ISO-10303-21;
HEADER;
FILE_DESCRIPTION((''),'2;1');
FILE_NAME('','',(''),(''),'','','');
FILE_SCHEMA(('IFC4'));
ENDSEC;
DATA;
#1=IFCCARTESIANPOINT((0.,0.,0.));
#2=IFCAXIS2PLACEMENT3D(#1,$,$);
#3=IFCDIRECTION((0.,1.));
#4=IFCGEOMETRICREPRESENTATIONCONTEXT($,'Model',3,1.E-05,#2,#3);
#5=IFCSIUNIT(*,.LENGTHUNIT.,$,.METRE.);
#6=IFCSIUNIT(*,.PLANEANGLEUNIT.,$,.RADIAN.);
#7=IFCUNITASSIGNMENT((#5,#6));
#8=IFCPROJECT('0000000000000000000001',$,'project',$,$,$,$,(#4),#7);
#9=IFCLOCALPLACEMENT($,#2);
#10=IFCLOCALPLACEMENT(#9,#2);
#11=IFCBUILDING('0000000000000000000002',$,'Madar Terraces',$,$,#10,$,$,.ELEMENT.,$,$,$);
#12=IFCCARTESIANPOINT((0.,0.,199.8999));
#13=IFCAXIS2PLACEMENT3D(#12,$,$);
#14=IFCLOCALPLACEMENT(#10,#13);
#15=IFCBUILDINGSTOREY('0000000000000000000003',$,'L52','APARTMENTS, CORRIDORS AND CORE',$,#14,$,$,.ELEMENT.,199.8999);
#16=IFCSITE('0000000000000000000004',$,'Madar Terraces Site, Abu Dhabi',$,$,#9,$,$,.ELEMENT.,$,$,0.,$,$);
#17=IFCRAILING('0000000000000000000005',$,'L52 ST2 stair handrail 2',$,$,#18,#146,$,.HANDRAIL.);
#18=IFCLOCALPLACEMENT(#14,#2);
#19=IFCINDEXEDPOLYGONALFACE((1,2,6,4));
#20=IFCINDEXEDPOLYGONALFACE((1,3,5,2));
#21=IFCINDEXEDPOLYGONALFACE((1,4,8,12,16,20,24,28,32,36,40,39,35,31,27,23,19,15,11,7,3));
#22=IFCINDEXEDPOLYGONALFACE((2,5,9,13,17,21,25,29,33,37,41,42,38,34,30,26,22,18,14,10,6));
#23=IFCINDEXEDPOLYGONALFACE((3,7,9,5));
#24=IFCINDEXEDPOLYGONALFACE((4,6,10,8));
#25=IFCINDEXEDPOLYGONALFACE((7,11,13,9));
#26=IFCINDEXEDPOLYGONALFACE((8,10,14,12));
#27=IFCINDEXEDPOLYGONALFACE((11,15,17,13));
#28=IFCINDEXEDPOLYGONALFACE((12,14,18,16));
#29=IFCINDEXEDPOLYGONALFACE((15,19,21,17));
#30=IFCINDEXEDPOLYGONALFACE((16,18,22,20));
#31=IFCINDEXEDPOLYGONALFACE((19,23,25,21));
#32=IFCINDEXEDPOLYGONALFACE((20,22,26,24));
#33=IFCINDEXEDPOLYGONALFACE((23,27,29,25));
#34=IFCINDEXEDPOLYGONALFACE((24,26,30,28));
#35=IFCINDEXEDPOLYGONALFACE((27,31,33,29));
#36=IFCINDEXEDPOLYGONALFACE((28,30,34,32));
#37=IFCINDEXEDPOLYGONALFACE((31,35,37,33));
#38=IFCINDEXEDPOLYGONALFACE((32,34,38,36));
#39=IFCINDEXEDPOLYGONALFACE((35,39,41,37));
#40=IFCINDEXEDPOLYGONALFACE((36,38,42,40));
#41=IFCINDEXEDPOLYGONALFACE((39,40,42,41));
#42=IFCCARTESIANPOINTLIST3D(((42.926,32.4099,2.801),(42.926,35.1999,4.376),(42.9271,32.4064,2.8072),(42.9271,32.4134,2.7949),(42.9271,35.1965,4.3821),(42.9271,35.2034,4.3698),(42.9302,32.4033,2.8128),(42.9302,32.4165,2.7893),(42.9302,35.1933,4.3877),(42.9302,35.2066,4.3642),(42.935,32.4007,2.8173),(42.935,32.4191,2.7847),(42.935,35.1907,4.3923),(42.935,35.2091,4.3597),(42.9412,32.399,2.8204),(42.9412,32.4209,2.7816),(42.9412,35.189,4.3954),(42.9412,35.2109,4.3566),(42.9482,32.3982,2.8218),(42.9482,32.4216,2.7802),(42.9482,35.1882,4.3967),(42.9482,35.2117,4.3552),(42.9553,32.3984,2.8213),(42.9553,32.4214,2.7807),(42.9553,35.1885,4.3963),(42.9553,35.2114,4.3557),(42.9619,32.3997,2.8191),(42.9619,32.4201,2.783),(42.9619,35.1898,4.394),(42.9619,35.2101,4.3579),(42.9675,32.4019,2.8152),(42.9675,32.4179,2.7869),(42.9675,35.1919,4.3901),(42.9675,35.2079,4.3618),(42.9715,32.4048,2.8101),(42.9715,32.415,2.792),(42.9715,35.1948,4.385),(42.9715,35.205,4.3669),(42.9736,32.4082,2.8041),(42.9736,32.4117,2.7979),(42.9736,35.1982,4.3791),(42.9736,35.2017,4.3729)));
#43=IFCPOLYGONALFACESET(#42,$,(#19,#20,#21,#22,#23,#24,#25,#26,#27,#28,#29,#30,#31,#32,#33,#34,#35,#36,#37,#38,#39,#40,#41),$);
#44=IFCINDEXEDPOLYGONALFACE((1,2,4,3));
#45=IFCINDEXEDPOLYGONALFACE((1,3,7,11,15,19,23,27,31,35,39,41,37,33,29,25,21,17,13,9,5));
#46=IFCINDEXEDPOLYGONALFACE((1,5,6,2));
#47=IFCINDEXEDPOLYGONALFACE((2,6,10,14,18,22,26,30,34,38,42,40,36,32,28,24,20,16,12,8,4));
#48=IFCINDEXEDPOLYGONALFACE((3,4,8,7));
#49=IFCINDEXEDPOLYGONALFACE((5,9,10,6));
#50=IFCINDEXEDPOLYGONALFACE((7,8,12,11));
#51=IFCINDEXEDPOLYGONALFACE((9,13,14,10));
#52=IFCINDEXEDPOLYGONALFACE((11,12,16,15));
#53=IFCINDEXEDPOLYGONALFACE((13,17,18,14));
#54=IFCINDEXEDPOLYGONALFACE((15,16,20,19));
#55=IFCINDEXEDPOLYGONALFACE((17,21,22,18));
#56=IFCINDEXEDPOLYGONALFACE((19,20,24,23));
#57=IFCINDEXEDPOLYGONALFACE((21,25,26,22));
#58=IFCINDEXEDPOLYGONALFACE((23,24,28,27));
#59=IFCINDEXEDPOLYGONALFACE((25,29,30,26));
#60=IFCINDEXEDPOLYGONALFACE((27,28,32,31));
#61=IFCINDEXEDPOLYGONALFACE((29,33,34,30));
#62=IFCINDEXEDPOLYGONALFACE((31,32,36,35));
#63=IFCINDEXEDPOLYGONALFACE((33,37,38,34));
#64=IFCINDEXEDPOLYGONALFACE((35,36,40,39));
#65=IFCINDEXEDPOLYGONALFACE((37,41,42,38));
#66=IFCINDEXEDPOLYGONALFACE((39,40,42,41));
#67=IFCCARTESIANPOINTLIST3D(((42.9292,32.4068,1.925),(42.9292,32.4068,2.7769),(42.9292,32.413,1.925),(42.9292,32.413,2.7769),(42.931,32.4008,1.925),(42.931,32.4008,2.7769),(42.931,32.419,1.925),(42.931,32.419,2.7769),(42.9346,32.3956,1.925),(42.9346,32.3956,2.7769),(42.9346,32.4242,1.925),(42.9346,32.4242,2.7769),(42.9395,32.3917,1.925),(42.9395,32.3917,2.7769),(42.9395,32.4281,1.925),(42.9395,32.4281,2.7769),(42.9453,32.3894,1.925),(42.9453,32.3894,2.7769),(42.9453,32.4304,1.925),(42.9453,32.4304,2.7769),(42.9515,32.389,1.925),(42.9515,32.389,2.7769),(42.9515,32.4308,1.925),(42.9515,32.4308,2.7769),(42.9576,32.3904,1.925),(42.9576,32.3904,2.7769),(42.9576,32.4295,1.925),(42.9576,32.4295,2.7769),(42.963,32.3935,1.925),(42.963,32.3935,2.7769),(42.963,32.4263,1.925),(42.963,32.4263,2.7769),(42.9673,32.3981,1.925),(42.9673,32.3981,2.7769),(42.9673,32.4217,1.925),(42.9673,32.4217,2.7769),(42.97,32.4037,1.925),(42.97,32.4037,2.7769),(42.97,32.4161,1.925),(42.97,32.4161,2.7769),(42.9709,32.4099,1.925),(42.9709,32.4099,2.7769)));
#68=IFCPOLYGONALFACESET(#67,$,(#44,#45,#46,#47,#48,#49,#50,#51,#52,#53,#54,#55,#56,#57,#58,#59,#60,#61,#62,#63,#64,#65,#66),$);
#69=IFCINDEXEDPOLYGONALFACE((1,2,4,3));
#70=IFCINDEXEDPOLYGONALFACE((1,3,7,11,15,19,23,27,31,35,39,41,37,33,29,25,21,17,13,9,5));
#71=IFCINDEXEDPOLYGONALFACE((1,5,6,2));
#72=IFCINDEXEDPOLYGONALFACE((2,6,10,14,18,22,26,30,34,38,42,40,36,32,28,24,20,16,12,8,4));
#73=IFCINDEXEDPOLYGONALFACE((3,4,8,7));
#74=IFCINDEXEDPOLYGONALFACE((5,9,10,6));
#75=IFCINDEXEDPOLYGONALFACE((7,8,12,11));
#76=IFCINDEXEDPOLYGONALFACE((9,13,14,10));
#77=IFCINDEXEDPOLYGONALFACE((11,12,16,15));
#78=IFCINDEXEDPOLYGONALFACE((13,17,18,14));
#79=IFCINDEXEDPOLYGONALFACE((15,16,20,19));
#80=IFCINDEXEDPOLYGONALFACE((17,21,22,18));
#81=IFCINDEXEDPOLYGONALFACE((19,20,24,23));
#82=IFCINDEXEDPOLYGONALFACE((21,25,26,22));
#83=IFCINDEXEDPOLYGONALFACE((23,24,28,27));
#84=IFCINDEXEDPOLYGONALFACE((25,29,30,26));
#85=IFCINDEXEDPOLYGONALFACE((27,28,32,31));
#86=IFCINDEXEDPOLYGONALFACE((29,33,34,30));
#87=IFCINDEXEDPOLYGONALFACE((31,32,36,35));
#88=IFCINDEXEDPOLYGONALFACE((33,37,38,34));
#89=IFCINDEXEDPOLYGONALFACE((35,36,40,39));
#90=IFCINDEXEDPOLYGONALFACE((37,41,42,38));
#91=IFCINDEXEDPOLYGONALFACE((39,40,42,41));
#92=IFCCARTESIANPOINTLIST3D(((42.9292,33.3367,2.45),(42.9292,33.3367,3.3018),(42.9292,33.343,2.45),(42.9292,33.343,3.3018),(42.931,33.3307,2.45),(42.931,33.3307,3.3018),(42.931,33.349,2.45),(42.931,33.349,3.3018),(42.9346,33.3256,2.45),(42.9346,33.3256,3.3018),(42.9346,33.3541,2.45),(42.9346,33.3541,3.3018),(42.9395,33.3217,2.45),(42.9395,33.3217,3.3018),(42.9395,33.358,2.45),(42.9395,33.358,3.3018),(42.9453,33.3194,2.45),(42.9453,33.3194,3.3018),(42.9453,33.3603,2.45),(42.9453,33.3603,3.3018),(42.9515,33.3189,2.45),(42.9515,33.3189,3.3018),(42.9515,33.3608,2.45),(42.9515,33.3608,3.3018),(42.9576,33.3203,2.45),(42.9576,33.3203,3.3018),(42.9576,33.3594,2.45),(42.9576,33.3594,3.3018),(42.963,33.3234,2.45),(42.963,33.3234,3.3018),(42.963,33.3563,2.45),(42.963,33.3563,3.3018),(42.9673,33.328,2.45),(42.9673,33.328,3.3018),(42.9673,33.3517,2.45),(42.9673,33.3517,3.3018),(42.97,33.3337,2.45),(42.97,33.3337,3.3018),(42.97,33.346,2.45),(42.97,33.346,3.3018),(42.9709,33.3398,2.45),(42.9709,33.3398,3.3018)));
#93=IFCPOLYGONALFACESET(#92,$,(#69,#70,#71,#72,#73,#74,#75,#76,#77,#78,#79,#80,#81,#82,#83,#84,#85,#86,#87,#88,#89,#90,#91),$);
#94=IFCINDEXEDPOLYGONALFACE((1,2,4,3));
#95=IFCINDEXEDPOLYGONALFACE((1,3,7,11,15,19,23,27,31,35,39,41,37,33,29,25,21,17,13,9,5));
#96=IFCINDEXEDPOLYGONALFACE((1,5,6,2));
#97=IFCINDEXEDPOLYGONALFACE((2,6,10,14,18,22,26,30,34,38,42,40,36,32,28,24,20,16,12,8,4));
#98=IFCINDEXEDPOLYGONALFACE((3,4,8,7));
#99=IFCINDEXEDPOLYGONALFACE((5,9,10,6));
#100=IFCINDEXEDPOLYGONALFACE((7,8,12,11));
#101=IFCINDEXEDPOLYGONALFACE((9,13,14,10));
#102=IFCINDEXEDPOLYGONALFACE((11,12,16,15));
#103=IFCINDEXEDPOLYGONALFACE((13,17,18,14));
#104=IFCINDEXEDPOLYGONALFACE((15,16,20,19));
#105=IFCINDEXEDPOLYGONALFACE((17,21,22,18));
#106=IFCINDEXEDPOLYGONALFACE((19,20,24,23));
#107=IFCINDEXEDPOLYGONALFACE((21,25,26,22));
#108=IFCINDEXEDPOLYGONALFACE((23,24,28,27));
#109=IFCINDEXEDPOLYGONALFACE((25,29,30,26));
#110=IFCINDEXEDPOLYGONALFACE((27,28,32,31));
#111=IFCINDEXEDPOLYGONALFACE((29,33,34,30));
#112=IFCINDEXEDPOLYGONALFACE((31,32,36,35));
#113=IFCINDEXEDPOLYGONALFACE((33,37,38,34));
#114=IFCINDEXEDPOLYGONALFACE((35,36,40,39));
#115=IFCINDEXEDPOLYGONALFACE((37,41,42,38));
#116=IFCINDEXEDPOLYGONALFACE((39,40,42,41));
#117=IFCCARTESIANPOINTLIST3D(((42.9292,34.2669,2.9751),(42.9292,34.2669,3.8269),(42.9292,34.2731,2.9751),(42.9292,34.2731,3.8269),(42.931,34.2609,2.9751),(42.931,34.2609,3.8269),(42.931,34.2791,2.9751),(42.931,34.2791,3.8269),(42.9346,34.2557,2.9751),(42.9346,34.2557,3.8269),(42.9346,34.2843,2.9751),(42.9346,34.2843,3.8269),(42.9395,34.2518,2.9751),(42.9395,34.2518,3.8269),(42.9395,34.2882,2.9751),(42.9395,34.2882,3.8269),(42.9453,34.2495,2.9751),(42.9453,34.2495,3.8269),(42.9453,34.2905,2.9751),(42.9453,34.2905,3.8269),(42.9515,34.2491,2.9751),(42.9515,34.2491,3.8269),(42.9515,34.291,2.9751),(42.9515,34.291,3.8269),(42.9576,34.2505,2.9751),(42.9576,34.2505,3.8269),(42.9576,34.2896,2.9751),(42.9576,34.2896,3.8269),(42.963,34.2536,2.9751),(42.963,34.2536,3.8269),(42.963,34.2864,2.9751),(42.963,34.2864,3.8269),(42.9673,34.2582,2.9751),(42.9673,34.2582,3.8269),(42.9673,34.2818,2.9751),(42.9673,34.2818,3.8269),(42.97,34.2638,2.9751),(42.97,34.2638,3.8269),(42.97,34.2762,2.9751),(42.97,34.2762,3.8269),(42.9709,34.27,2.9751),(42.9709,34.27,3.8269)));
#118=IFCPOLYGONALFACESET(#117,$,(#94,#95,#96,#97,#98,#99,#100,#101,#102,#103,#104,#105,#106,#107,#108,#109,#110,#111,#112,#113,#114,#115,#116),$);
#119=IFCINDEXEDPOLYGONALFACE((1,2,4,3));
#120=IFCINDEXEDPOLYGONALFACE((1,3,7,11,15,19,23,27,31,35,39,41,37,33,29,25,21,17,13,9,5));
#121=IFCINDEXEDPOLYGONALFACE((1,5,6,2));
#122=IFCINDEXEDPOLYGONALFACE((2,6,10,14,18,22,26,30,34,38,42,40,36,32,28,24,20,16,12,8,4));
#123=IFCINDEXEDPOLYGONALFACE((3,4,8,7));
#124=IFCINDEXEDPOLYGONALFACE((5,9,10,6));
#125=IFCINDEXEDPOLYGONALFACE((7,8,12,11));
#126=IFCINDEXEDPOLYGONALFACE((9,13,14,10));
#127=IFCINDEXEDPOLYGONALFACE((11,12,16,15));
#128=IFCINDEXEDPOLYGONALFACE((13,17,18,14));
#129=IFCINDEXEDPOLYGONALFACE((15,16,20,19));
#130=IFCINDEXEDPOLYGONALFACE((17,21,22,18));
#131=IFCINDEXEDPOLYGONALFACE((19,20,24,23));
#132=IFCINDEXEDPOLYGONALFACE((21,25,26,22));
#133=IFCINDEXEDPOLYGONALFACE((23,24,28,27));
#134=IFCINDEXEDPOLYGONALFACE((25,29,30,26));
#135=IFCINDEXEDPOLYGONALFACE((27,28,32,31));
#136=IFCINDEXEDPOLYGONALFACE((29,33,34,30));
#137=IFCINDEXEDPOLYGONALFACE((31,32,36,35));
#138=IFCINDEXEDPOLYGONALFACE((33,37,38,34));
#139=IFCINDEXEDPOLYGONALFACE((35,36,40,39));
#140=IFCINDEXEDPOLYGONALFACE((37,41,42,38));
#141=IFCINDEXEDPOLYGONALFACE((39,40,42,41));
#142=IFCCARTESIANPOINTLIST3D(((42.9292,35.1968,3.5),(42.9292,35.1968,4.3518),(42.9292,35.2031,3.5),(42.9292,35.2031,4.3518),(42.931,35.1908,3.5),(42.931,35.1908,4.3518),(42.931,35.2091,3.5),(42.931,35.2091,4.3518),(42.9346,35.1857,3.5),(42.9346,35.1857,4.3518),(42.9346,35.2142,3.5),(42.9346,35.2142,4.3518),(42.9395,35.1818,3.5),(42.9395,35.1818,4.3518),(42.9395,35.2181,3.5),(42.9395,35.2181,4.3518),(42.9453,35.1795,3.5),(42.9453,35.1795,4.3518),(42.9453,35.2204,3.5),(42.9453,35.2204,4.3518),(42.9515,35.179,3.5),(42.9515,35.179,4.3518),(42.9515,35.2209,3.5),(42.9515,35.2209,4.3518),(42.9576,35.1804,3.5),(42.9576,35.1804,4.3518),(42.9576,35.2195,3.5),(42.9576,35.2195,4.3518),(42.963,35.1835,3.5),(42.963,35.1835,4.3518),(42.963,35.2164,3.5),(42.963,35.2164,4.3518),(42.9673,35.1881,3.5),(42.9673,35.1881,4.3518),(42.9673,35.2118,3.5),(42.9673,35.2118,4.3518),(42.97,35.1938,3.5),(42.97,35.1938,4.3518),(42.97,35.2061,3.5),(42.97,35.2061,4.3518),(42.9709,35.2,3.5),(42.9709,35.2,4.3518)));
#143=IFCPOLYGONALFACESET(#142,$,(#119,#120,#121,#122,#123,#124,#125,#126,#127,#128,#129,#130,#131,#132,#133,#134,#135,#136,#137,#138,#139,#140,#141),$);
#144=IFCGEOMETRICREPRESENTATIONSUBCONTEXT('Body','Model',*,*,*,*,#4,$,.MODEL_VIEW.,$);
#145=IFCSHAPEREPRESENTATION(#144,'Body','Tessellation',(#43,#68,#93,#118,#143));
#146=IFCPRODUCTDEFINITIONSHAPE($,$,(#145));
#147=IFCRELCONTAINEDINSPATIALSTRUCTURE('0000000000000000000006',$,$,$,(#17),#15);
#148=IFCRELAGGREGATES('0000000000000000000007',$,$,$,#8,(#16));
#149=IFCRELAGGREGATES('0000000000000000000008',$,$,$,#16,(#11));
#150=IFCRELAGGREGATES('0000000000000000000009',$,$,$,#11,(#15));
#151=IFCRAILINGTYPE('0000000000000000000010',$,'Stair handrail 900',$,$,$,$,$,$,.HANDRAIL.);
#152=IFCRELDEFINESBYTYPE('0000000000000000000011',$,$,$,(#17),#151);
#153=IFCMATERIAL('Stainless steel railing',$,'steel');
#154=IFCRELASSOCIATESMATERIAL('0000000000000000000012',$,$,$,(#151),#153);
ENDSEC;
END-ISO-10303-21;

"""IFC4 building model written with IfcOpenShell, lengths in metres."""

from ifc_helpers import new_model, si_unit, direction, frame, origin, origin_2d, place, context, subcontext, project, spatial, circle, extrude, material, type_object, element, save


model = new_model("IFC4")

# Units and contexts
model_context = context("Model", 3, precision=1e-05, world=origin(), true_north=direction((0.0, 1.0)))
body_context = subcontext(model_context, "Body", "Model", "MODEL_VIEW")
ifc_project = project(units=[si_unit("LENGTHUNIT", "METRE"), si_unit("PLANEANGLEUNIT", "RADIAN")], contexts=[model_context])

# Site, building, storey
site_placement = place(None, origin())
site = spatial("IfcSite", under=ifc_project, at=site_placement, Name="Madar Terraces Site, Abu Dhabi", CompositionType="ELEMENT", RefElevation=0.0)
building_placement = place(site_placement, origin())
building = spatial("IfcBuilding", under=site, at=building_placement, Name="Madar Terraces", CompositionType="ELEMENT")
storey_placement = place(building_placement, frame((0.0, 0.0, 199.8999)))
storey = spatial("IfcBuildingStorey", under=building, at=storey_placement, Name="L52", Description="APARTMENTS, CORRIDORS AND CORE", CompositionType="ELEMENT", Elevation=199.8999)

# Railing
ifc_material_1 = material(Name="Stainless steel railing", Category="steel")
railing_type_1 = type_object("IfcRailingType", Name="Stair handrail 900", PredefinedType="HANDRAIL", material=ifc_material_1)
railing_1_placement = place(storey_placement, frame((42.95, 32.4099, 1.925)))
element("IfcRailing", 1, at=railing_1_placement, inside=storey, type_object=railing_type_1, Name="L52 ST2 stair handrail 2", PredefinedType="HANDRAIL", context=body_context, shape_type="SweptSolid", body=[
    extrude(circle(Radius=0.0239, at=origin_2d()), frame((0.0, 0.0, 0.876), z_axis=(0.0, 0.870834, 0.491578), x_axis=(-1.0, 0.0, 0.0)), (0.0, 0.0, 1.0), 3.2039),
    extrude(circle(Radius=0.021, at=origin_2d()), origin(), (0.0, 0.0, 1.0), 0.8518),
    extrude(circle(Radius=0.021, at=origin_2d()), frame((0.0, 0.9299, 0.5249)), (0.0, 0.0, 1.0), 0.8518),
    extrude(circle(Radius=0.021, at=origin_2d()), frame((0.0, 1.8601, 1.05)), (0.0, 0.0, 1.0), 0.8518),
    extrude(circle(Radius=0.021, at=origin_2d()), frame((0.0, 2.79, 1.575)), (0.0, 0.0, 1.0), 0.8518),
])

save(model, "model.ifc")
